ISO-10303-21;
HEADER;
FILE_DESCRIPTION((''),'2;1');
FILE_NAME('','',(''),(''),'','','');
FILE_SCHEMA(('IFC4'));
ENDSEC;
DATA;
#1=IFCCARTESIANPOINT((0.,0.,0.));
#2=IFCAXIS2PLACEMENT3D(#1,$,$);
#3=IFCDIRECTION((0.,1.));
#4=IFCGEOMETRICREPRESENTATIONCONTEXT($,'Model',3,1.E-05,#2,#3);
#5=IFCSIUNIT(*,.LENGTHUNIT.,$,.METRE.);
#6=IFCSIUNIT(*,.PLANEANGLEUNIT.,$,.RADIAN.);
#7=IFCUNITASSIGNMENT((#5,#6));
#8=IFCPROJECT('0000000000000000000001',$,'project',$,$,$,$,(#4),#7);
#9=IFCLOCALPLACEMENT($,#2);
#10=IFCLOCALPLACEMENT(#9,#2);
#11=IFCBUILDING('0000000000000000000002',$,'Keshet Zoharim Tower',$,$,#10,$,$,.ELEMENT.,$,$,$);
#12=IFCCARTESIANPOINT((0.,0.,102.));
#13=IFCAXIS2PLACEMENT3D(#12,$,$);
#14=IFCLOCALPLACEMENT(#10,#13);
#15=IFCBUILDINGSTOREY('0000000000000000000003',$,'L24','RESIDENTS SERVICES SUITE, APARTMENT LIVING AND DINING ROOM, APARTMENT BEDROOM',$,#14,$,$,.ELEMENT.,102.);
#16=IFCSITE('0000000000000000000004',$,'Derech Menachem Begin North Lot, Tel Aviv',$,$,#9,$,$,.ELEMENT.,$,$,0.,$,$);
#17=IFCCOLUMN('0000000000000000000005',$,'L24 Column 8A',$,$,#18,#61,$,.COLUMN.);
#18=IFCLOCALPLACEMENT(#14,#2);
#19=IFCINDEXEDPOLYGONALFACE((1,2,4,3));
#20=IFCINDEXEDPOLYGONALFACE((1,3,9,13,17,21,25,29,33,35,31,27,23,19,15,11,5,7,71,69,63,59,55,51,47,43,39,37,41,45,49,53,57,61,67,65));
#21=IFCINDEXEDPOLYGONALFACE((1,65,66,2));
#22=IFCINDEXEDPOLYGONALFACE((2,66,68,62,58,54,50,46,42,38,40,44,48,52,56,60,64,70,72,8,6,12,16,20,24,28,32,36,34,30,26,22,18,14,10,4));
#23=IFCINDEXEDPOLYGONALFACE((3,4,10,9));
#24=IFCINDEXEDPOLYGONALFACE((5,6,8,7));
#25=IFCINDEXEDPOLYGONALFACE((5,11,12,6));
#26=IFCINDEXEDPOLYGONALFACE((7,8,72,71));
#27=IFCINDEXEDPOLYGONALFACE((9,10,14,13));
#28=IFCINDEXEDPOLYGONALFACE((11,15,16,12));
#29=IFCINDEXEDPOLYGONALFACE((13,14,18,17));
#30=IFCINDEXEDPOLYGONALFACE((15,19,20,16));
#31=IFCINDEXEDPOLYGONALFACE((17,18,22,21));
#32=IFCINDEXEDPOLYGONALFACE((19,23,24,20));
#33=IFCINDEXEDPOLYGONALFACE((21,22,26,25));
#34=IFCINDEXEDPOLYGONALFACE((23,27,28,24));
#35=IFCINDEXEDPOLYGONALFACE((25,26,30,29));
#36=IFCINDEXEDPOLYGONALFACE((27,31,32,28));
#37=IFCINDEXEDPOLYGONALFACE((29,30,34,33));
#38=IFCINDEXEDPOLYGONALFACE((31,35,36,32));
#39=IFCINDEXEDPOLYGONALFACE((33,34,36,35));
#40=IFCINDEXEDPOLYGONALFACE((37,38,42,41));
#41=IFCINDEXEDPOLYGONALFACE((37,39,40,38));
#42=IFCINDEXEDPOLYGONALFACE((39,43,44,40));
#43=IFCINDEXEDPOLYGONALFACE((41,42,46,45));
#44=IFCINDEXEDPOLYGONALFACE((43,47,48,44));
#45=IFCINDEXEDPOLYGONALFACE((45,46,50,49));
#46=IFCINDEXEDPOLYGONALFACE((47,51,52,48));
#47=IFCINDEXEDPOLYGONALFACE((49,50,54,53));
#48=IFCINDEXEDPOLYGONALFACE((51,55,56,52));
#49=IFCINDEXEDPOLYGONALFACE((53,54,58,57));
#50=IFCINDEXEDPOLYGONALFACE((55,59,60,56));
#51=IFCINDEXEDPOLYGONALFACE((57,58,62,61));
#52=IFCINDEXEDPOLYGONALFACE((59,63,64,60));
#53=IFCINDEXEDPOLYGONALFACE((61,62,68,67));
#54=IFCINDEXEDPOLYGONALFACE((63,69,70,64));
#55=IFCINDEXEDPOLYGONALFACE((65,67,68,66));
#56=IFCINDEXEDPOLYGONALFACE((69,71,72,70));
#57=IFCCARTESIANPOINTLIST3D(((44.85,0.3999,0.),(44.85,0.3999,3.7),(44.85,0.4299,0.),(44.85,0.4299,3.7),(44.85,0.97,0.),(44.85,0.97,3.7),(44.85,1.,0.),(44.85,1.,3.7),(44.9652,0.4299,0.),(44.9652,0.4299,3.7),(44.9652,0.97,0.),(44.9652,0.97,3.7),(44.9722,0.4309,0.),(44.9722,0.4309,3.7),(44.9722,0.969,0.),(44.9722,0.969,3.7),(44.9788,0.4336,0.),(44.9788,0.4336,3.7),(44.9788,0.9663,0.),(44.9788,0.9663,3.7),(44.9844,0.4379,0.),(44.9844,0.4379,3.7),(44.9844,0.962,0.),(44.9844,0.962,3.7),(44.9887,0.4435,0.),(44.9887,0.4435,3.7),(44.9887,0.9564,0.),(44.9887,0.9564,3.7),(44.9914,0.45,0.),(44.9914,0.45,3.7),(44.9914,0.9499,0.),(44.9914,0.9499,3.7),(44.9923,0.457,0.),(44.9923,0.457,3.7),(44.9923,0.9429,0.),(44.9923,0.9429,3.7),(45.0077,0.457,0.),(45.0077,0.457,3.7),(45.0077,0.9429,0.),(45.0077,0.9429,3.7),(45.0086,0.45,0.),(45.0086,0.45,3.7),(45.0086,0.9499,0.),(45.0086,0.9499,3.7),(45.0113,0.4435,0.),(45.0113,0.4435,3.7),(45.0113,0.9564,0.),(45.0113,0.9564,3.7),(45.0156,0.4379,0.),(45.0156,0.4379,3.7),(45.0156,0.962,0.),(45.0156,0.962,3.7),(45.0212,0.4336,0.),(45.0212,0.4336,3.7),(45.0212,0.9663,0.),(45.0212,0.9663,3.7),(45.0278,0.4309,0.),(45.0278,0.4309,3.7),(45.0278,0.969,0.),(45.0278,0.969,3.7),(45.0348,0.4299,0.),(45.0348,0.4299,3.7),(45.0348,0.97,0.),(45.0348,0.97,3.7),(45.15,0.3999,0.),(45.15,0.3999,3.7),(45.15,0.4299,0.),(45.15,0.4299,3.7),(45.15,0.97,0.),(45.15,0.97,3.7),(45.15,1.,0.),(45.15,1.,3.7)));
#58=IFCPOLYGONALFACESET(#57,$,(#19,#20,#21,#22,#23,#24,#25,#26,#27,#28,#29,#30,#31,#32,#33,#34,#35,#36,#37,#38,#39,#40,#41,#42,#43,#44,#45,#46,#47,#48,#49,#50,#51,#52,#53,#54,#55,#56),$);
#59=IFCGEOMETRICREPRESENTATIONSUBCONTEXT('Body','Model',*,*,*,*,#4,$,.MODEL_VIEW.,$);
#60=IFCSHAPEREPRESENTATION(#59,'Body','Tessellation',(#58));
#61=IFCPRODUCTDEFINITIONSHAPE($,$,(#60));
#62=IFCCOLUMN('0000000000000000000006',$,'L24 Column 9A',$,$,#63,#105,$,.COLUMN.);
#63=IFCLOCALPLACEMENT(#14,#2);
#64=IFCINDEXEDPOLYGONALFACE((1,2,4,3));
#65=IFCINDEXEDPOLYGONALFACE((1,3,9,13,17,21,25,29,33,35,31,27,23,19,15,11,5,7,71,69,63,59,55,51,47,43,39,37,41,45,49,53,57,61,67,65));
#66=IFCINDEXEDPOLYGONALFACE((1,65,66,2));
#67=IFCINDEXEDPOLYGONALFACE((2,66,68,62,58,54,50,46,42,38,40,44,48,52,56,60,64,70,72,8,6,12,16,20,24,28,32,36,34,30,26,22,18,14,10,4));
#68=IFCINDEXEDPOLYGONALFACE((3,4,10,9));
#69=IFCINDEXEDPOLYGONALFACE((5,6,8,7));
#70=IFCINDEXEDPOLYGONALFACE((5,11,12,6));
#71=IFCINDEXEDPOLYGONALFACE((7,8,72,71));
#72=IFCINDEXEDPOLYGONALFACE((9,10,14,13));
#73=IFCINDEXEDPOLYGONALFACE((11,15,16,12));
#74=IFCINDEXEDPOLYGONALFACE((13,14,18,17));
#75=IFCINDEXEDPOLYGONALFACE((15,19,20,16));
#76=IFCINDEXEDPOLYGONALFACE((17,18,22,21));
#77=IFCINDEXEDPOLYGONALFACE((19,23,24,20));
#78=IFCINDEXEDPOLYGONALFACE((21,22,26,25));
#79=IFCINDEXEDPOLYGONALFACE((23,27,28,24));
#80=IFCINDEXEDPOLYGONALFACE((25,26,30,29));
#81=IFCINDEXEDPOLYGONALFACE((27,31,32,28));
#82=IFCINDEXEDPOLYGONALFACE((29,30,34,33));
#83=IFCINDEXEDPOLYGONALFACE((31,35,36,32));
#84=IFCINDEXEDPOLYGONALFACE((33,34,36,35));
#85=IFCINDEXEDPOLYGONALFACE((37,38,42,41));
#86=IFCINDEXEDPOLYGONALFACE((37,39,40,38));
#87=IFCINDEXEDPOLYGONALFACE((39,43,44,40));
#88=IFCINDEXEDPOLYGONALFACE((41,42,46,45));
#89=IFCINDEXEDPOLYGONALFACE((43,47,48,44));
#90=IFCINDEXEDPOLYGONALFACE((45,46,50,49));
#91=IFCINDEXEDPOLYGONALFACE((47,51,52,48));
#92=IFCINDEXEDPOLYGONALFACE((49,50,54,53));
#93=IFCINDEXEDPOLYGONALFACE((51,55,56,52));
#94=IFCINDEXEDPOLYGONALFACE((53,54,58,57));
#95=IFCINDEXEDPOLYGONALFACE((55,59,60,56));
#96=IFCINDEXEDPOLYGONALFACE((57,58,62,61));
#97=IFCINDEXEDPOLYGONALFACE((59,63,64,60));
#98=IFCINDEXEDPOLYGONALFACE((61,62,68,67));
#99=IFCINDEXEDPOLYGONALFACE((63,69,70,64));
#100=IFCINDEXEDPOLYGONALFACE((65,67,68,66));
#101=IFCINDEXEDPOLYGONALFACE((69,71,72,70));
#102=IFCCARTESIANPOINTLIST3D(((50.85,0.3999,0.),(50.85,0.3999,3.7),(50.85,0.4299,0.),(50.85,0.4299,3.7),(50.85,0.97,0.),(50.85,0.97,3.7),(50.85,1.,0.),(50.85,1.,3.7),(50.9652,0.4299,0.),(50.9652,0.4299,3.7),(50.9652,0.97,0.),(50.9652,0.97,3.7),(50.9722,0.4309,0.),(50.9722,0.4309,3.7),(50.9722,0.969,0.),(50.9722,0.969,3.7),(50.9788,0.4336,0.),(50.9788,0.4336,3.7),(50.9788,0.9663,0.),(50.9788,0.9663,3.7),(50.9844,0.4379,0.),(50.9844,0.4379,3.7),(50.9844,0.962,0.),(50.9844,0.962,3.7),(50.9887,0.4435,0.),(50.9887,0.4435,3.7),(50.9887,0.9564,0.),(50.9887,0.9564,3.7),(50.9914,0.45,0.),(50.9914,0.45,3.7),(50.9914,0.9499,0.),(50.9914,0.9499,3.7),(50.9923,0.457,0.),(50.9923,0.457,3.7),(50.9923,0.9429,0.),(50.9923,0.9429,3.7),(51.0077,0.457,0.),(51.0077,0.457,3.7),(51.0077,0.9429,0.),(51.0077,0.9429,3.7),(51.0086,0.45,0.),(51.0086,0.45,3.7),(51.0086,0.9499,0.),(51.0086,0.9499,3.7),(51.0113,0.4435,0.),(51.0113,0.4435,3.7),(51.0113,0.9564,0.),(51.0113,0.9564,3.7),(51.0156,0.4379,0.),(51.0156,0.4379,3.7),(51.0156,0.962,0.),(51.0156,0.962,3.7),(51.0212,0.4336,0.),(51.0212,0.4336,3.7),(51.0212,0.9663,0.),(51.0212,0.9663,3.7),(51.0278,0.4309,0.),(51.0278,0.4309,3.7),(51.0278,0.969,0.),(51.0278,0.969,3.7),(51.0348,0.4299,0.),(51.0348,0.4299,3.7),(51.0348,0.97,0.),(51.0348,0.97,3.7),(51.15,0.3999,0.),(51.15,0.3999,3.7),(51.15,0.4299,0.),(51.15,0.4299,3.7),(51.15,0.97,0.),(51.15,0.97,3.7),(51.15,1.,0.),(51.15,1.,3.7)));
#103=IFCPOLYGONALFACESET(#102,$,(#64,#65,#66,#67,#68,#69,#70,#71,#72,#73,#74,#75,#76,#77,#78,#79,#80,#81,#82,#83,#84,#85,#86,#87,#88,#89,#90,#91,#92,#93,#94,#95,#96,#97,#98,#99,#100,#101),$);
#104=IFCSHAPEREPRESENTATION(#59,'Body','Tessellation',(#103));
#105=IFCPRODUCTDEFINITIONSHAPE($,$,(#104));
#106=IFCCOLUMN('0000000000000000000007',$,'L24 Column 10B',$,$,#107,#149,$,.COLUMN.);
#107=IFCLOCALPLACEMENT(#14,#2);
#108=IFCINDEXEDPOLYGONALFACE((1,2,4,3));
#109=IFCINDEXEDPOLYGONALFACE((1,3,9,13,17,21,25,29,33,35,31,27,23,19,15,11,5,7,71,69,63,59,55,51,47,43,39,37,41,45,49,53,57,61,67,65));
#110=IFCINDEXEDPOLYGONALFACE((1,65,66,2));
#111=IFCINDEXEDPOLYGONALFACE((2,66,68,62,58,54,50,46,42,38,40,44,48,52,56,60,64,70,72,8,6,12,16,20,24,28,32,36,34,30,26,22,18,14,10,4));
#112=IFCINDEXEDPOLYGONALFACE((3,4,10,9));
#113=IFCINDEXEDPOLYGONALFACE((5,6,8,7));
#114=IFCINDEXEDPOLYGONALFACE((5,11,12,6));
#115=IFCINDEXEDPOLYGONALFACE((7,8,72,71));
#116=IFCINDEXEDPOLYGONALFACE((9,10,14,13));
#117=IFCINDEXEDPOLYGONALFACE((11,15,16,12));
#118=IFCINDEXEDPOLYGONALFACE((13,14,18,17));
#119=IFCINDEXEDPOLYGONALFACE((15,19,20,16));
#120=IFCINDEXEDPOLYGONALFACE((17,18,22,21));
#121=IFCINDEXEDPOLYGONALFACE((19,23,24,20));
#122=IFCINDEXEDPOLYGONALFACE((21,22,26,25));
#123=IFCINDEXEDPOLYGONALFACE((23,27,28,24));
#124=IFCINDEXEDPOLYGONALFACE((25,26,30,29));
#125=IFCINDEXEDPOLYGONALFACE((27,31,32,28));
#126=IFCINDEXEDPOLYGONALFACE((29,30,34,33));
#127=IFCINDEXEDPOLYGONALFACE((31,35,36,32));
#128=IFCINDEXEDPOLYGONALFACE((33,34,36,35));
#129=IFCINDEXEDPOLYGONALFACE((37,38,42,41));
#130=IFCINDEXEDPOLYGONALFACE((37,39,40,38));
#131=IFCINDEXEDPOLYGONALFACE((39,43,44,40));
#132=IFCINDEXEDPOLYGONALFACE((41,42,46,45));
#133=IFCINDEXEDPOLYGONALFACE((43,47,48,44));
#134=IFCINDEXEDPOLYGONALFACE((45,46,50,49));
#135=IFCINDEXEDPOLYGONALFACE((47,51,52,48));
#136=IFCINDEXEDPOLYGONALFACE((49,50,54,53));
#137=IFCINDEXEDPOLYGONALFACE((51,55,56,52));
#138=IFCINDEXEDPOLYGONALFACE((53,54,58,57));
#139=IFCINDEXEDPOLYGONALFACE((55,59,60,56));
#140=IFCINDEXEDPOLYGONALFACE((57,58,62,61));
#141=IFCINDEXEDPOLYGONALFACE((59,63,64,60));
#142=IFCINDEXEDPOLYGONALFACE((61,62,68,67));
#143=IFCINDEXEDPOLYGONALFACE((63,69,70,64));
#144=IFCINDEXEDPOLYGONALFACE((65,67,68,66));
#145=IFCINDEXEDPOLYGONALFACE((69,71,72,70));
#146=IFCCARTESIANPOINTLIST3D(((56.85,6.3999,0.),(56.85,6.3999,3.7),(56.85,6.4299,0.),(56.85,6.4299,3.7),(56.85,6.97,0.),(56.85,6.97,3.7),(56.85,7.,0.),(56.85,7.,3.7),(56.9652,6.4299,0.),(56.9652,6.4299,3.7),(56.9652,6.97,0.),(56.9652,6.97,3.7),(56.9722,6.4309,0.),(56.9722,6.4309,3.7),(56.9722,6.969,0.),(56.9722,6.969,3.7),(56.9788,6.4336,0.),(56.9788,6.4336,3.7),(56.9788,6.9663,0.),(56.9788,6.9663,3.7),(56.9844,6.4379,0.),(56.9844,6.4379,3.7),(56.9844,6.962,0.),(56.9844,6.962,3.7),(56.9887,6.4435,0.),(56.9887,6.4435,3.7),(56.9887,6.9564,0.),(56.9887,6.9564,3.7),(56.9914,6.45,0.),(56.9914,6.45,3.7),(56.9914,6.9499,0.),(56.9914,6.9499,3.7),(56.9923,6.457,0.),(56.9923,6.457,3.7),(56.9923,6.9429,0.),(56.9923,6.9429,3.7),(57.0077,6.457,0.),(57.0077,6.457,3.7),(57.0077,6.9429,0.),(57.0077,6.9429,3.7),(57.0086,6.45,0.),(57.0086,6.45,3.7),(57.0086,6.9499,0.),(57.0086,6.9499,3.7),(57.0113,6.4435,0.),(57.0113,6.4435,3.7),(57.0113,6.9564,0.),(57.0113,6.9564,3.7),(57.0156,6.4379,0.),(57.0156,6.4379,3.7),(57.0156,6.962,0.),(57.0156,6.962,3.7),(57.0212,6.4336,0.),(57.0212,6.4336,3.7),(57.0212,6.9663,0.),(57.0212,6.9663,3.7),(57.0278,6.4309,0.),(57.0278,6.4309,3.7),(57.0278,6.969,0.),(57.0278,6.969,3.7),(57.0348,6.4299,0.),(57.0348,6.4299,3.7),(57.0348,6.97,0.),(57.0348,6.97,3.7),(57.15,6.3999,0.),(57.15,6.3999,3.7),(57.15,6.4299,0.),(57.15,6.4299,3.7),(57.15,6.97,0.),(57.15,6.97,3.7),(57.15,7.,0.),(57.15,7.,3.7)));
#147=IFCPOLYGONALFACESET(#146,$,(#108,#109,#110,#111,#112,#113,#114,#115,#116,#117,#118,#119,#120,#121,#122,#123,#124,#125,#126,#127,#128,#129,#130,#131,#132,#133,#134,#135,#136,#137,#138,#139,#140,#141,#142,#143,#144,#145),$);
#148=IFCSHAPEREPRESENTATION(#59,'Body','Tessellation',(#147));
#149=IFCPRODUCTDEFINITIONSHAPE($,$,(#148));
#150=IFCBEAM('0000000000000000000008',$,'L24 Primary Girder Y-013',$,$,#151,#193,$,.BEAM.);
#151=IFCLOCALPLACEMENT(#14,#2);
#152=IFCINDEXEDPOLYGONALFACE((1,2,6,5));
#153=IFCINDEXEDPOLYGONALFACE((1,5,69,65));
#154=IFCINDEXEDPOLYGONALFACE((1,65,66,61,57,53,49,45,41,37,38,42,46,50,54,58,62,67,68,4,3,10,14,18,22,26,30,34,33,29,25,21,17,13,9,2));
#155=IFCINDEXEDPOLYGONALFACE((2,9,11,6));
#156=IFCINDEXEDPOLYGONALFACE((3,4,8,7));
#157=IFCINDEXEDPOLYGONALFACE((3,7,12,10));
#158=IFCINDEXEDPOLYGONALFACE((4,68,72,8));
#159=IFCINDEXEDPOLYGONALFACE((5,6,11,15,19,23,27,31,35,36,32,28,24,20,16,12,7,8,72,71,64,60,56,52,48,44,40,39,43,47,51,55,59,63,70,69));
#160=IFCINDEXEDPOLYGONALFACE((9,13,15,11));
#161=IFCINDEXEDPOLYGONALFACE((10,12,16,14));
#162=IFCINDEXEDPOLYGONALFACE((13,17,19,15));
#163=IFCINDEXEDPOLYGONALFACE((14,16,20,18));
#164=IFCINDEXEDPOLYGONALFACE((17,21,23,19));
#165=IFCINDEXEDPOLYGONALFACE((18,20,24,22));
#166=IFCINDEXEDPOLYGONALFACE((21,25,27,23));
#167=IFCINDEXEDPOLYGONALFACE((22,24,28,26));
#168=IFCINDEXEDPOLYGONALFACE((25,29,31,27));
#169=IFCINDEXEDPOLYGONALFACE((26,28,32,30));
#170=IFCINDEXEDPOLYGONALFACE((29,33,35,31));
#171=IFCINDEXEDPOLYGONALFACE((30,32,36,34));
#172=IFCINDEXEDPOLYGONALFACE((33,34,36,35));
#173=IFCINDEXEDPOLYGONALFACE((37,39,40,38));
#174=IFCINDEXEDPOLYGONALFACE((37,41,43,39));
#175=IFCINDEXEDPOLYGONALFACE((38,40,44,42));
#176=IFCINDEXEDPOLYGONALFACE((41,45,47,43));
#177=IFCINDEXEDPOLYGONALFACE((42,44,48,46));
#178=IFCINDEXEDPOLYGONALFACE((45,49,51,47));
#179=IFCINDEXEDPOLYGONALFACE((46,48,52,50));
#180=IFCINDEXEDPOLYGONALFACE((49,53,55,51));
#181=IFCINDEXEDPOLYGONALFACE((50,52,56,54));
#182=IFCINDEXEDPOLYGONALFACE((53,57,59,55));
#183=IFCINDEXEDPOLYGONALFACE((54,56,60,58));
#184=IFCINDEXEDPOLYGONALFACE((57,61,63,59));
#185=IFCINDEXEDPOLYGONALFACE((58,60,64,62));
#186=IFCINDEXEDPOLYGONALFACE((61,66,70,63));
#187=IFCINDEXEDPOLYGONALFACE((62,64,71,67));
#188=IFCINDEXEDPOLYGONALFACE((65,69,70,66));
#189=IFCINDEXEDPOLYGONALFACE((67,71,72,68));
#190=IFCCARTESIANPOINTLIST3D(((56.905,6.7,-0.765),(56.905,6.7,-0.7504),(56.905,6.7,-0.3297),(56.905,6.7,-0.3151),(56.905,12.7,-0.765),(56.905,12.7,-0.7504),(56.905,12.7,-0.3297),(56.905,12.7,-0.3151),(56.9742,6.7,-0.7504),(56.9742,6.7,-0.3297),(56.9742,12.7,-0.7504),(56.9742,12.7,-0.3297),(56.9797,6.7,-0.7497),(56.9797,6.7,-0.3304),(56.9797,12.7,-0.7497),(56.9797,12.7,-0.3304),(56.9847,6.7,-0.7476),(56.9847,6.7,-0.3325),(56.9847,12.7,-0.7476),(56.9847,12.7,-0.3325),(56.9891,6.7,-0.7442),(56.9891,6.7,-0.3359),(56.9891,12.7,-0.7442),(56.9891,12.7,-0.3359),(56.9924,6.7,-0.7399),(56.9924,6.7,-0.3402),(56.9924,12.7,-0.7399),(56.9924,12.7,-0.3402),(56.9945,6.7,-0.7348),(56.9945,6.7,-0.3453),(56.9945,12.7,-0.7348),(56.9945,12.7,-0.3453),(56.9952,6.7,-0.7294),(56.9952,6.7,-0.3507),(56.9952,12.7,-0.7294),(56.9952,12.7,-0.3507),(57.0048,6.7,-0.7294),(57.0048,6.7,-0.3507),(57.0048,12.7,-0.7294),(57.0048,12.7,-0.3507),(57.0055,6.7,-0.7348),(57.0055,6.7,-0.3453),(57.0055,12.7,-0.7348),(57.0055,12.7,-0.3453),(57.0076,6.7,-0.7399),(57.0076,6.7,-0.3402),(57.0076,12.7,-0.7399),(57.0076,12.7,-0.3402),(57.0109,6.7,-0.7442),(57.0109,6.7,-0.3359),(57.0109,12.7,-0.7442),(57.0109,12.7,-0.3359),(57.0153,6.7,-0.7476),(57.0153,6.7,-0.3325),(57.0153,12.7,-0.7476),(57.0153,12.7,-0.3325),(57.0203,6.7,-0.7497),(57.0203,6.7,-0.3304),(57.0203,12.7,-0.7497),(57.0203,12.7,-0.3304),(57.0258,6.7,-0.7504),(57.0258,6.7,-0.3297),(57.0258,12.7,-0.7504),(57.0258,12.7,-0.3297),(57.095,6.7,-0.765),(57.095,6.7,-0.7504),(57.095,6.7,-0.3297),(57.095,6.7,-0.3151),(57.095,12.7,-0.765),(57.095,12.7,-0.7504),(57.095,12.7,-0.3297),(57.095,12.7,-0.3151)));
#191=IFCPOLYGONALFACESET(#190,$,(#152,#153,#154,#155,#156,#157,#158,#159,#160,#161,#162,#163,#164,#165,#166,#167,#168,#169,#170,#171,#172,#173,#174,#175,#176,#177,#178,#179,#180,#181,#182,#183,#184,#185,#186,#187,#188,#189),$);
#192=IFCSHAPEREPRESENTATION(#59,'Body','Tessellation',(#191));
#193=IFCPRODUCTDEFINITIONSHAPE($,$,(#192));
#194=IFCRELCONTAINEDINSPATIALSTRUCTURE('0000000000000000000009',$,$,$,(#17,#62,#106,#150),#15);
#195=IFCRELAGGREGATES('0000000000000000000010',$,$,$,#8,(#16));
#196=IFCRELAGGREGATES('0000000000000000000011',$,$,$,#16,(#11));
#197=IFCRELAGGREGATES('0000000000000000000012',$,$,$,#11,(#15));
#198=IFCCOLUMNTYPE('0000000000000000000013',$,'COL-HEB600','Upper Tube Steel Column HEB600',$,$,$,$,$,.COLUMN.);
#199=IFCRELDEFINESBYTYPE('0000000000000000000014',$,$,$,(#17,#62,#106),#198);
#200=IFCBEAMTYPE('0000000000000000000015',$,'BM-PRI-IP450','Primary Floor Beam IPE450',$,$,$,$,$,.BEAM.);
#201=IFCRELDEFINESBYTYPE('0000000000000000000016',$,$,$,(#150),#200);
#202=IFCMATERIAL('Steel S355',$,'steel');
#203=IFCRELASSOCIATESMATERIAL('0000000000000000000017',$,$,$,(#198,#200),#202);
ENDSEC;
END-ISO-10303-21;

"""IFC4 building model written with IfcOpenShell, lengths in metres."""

from ifc_helpers import new_model, si_unit, direction, frame, origin, origin_2d, place, context, subcontext, project, spatial, i_section, extrude, material, material_profile, profile_set, type_object, element, save


model = new_model("IFC4")

# Units and contexts
model_context = context("Model", 3, precision=1e-05, world=origin(), true_north=direction((0.0, 1.0)))
body_context = subcontext(model_context, "Body", "Model", "MODEL_VIEW")
ifc_project = project(units=[si_unit("LENGTHUNIT", "METRE"), si_unit("PLANEANGLEUNIT", "RADIAN")], contexts=[model_context])

# Site, building, storey
site_placement = place(None, origin())
site = spatial("IfcSite", under=ifc_project, at=site_placement, Name="Derech Menachem Begin North Lot, Tel Aviv", CompositionType="ELEMENT", RefElevation=0.0)
building_placement = place(site_placement, origin())
building = spatial("IfcBuilding", under=site, at=building_placement, Name="Keshet Zoharim Tower", CompositionType="ELEMENT")
storey_placement = place(building_placement, frame((0.0, 0.0, 102.0)))
storey = spatial("IfcBuildingStorey", under=building, at=storey_placement, Name="L24", Description="RESIDENTS SERVICES SUITE, APARTMENT LIVING AND DINING ROOM, APARTMENT BEDROOM", CompositionType="ELEMENT", Elevation=102.0)

# Columns
ifc_material_1 = material(Name="Steel S355", Category="steel")
ifc_material_profile_1 = material_profile(ifc_material_1, i_section(OverallWidth=0.3, OverallDepth=0.6001, WebThickness=0.0154, FlangeThickness=0.03, FilletRadius=0.0271, at=origin_2d()), Name="HEB600")
ifc_profile_set_1 = profile_set([ifc_material_profile_1], Name="Steel S355")
column_type = type_object("IfcColumnType", Name="COL-HEB600", Description="Upper Tube Steel Column HEB600", PredefinedType="COLUMN", material=ifc_profile_set_1)
for number, where, z_axis, x_axis, name in (
    (1, (45.0, 0.7, 0.0), (0.0, 0.0, 1.0), (1.0, 0.0, 0.0), "L24 Column 8A"),
    (2, (51.0, 0.7, 0.0), (0.0, 0.0, 1.0), (1.0, 0.0, 0.0), "L24 Column 9A"),
    (3, (57.0, 6.7, 0.0), (0.0, 0.0, 1.0), (1.0, 0.0, 0.0), "L24 Column 10B"),
):
    element("IfcColumn", number, at=place(storey_placement, frame(where, z_axis=z_axis, x_axis=x_axis)), inside=storey, type_object=column_type, Name=name, PredefinedType="COLUMN", context=body_context, shape_type="SweptSolid", body=[
        extrude(i_section(OverallWidth=0.3, OverallDepth=0.6001, WebThickness=0.0154, FlangeThickness=0.03, FilletRadius=0.0271, at=origin_2d()), origin(), (0.0, 0.0, 1.0), 3.7),
    ])

# Beam
ifc_material_profile_2 = material_profile(ifc_material_1, i_section(OverallWidth=0.1899, OverallDepth=0.45, WebThickness=0.0095, FlangeThickness=0.0146, FilletRadius=0.021, at=origin_2d()), Name="IPE450")
ifc_profile_set_2 = profile_set([ifc_material_profile_2], Name="Steel S355")
beam_type_1 = type_object("IfcBeamType", Name="BM-PRI-IP450", Description="Primary Floor Beam IPE450", PredefinedType="BEAM", material=ifc_profile_set_2)
beam_1_placement = place(storey_placement, frame((57.0, 6.7, -0.54), z_axis=(0.0, 1.0, 0.0), x_axis=(-1.0, 0.0, 0.0)))
element("IfcBeam", 4, at=beam_1_placement, inside=storey, type_object=beam_type_1, Name="L24 Primary Girder Y-013", PredefinedType="BEAM", context=body_context, shape_type="SweptSolid", body=[
    extrude(i_section(OverallWidth=0.1899, OverallDepth=0.45, WebThickness=0.0095, FlangeThickness=0.0146, FilletRadius=0.021, at=origin_2d()), origin(), (0.0, 0.0, 1.0), 6.0),
])

save(model, "model.ifc")
